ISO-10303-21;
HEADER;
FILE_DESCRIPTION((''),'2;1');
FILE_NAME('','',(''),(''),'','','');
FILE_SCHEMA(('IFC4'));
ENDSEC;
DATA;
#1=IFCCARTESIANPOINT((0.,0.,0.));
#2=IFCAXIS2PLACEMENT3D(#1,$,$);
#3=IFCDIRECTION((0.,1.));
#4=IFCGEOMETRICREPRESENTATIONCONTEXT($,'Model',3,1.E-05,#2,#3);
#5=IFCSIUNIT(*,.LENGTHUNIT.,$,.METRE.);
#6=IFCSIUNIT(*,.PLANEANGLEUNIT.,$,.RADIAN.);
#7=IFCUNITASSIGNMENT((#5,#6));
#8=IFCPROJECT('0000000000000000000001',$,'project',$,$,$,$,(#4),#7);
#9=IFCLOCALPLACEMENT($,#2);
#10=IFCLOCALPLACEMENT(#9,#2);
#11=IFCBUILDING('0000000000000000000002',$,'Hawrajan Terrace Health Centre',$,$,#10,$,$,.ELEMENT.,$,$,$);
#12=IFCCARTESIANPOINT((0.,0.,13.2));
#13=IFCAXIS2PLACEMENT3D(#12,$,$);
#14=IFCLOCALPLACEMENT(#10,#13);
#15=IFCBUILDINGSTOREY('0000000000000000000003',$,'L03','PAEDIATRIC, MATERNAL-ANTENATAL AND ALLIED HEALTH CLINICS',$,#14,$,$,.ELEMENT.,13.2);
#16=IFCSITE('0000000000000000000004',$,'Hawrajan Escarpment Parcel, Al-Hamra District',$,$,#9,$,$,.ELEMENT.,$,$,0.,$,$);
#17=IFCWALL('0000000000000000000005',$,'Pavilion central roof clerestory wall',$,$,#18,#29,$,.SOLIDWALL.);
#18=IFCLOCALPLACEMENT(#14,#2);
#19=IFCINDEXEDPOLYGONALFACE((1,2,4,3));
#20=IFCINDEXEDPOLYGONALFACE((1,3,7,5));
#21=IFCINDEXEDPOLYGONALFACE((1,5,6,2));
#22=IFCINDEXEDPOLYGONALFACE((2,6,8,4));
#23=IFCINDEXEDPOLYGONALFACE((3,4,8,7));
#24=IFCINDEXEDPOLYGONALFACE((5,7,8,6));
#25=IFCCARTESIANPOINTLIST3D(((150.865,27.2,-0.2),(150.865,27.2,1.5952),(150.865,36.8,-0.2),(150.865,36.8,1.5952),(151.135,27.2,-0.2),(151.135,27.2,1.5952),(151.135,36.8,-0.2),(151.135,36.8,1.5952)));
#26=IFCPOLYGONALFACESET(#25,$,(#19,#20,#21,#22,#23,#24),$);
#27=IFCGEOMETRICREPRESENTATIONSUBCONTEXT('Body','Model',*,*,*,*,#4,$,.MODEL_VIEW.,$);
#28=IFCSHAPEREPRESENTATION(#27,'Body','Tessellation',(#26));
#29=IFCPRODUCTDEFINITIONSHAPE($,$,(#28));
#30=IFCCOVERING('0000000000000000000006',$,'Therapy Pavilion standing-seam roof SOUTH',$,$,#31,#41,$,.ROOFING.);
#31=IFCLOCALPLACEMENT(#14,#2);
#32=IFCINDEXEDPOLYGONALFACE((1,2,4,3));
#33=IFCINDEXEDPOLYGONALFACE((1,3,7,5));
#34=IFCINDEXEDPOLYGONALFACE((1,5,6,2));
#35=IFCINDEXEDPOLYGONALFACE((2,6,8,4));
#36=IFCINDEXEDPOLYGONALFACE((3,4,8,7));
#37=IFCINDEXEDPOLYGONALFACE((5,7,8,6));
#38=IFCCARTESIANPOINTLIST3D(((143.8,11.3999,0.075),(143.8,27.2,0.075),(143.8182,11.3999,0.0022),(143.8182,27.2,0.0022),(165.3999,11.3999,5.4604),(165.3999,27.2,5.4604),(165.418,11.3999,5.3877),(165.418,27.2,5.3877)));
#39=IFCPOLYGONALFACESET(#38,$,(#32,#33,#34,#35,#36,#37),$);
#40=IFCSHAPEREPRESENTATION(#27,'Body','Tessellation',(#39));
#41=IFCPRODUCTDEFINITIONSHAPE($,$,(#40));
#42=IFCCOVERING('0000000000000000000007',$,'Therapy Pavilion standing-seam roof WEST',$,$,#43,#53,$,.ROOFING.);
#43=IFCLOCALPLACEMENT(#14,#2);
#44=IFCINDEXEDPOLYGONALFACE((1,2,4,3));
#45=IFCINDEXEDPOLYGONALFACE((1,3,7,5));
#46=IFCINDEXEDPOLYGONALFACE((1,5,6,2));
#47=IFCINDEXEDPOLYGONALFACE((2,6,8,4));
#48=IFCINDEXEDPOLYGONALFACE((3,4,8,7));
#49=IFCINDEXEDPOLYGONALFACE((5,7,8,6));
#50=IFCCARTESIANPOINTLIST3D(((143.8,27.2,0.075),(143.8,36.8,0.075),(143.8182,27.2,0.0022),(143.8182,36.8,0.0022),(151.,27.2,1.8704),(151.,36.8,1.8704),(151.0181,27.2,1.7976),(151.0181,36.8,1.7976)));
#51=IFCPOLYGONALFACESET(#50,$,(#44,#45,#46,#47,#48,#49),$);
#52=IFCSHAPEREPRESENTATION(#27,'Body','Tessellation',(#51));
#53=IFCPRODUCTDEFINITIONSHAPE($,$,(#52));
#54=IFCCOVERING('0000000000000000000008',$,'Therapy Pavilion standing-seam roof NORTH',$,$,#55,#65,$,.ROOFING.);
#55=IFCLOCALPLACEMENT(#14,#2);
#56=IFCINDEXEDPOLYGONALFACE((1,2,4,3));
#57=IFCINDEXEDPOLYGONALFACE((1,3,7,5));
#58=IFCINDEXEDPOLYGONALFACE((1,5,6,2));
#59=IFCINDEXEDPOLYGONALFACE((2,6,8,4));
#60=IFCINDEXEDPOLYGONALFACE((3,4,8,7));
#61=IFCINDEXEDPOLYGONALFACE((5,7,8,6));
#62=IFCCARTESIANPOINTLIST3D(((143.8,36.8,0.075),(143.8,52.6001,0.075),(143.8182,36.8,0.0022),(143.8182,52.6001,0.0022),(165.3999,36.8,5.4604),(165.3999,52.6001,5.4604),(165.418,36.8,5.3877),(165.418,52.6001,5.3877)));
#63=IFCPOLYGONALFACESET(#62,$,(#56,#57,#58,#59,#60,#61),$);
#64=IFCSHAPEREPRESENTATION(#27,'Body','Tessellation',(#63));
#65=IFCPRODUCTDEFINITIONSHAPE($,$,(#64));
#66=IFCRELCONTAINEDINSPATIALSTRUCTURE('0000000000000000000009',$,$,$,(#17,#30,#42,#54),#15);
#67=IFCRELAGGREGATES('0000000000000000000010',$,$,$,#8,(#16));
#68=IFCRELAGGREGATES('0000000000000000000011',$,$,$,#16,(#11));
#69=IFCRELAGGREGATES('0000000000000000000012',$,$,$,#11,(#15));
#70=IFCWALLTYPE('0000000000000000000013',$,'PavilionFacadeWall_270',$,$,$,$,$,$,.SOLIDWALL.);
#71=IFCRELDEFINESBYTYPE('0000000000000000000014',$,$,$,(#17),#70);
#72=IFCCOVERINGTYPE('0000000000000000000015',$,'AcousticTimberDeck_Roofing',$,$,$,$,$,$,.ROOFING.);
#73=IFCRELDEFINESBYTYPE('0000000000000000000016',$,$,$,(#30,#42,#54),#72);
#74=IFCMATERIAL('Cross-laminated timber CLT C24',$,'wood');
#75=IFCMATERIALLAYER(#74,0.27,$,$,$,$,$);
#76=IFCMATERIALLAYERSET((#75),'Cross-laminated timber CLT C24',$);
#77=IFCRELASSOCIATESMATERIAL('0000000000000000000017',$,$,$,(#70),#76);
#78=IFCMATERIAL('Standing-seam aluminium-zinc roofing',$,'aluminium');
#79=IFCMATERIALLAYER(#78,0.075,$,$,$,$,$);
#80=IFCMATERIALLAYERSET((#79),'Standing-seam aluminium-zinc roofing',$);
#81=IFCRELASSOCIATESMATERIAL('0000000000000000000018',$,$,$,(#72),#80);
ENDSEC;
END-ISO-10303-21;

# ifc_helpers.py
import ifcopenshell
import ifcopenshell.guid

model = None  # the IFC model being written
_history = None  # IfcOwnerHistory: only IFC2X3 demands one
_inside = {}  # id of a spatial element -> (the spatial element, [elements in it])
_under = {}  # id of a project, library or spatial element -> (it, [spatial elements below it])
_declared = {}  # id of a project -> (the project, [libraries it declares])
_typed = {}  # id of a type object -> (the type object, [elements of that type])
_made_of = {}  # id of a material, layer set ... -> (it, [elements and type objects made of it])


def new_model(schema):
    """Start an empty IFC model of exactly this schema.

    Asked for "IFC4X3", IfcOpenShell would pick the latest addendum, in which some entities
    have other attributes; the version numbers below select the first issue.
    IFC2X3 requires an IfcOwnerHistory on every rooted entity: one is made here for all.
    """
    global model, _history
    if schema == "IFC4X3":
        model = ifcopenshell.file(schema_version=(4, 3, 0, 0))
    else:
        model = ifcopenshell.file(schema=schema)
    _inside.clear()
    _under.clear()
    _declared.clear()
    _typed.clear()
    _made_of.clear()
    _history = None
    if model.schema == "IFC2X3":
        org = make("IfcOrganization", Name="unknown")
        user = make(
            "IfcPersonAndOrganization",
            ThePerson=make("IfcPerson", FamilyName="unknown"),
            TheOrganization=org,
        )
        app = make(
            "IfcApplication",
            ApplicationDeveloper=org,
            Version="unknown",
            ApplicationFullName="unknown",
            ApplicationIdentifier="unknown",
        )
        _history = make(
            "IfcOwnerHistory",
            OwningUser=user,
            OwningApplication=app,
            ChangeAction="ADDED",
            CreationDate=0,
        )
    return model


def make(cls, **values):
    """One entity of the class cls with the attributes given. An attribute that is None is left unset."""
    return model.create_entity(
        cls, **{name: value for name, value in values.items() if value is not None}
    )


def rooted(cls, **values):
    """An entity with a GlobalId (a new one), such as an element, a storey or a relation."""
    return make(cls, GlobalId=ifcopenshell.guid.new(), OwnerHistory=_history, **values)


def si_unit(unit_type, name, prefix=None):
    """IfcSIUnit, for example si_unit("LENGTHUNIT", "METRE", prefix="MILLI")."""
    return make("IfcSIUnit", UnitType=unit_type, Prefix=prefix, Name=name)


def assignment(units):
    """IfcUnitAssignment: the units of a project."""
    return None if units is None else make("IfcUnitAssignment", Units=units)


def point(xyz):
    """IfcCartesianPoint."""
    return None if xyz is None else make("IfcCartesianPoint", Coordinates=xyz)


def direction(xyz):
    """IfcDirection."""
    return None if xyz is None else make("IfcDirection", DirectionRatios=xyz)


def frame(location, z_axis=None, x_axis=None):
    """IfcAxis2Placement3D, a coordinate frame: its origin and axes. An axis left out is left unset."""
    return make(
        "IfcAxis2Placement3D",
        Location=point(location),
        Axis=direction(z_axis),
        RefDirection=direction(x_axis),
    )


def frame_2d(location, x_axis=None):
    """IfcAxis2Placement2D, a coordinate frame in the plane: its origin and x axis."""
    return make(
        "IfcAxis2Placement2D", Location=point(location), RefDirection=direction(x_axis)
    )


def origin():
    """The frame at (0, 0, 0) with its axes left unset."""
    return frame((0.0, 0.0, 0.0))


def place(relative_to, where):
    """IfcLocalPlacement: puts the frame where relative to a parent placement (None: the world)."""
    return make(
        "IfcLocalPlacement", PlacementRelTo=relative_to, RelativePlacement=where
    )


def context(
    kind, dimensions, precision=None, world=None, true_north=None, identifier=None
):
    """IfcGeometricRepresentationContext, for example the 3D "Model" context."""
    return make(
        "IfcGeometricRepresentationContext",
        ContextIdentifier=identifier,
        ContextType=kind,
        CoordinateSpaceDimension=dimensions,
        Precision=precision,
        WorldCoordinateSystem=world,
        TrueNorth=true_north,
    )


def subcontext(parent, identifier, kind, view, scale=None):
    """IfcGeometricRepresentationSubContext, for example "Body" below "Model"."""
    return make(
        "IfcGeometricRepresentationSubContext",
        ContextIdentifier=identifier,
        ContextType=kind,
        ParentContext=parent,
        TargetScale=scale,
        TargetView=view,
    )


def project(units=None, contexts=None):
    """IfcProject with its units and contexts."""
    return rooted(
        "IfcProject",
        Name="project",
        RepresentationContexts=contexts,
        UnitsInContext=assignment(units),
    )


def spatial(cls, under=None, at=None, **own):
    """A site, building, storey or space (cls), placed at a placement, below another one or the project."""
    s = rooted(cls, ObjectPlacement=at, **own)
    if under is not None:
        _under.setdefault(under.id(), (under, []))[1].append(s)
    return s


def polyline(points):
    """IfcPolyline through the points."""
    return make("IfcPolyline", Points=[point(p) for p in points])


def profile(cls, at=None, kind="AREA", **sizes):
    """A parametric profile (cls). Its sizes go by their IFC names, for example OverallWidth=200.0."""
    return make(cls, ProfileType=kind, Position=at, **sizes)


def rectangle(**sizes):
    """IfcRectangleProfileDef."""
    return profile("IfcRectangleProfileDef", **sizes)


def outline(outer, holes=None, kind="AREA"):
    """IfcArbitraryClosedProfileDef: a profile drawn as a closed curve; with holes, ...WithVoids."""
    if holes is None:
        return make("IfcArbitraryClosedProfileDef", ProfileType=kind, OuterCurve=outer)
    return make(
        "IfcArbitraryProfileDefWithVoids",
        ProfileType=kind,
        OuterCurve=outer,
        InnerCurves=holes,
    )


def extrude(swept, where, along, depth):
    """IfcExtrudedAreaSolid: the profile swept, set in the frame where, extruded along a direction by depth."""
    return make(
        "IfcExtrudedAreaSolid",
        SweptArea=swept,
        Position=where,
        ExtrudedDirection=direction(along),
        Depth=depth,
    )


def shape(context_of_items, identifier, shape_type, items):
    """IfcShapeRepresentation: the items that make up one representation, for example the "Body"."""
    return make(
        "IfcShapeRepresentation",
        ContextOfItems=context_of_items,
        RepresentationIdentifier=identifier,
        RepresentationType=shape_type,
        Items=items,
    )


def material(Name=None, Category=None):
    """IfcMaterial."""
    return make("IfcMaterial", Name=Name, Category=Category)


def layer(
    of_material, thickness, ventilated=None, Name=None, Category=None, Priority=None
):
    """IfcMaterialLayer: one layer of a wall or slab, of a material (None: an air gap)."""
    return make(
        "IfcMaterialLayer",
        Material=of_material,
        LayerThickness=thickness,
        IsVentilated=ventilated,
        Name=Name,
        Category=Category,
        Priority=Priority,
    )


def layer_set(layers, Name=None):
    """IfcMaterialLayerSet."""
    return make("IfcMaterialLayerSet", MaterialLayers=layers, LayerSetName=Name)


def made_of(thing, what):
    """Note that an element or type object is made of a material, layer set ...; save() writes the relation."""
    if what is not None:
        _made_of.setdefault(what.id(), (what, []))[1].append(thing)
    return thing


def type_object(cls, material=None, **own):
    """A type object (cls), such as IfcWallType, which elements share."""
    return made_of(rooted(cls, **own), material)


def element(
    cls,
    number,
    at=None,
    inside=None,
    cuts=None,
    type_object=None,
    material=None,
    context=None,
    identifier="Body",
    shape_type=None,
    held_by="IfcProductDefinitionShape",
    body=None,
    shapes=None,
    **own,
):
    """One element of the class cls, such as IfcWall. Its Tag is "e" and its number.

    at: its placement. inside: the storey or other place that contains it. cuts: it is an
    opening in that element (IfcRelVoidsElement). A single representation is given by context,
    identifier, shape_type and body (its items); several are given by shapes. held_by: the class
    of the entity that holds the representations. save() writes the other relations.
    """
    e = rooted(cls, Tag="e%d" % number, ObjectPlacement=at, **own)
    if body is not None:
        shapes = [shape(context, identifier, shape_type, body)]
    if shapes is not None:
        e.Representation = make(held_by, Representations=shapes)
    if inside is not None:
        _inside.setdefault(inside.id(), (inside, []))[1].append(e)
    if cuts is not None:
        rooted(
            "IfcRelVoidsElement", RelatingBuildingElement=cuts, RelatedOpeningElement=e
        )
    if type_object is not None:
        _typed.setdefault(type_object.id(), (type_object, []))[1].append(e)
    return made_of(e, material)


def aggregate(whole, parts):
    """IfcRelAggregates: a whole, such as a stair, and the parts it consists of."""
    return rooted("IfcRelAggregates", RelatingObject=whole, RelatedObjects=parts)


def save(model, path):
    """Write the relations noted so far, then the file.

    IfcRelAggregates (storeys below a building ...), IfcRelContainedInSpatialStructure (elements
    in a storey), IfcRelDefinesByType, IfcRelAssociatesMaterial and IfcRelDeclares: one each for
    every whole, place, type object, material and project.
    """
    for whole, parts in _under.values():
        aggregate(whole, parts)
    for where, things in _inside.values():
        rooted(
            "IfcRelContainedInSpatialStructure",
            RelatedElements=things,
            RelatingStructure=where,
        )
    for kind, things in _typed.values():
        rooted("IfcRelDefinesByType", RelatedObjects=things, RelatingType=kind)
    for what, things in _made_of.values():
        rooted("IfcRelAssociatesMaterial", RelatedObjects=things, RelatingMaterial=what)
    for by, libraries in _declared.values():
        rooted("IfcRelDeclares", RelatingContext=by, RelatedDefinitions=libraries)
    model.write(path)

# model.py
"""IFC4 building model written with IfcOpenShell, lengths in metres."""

from ifc_helpers import new_model, si_unit, direction, frame, frame_2d, origin, place, context, subcontext, project, spatial, polyline, rectangle, outline, extrude, material, layer, layer_set, type_object, element, save


model = new_model("IFC4")

# Units and contexts
model_context = context("Model", 3, precision=1e-05, world=origin(), true_north=direction((0.0, 1.0)))
body_context = subcontext(model_context, "Body", "Model", "MODEL_VIEW")
ifc_project = project(units=[si_unit("LENGTHUNIT", "METRE"), si_unit("PLANEANGLEUNIT", "RADIAN")], contexts=[model_context])

# Site, building, storey
site_placement = place(None, origin())
site = spatial("IfcSite", under=ifc_project, at=site_placement, Name="Hawrajan Escarpment Parcel, Al-Hamra District", CompositionType="ELEMENT", RefElevation=0.0)
building_placement = place(site_placement, origin())
building = spatial("IfcBuilding", under=site, at=building_placement, Name="Hawrajan Terrace Health Centre", CompositionType="ELEMENT")
storey_placement = place(building_placement, frame((0.0, 0.0, 13.2)))
storey = spatial("IfcBuildingStorey", under=building, at=storey_placement, Name="L03", Description="PAEDIATRIC, MATERNAL-ANTENATAL AND ALLIED HEALTH CLINICS", CompositionType="ELEMENT", Elevation=13.2)

# Shared definitions
ifc_material_1 = material(Name="Cross-laminated timber CLT C24", Category="wood")

# Wall
ifc_layer_1 = layer(ifc_material_1, 0.27)
ifc_layer_set_1 = layer_set([ifc_layer_1], Name="Cross-laminated timber CLT C24")
wall_type = type_object("IfcWallType", Name="PavilionFacadeWall_270", PredefinedType="SOLIDWALL", material=ifc_layer_set_1)
wall_1_placement = place(storey_placement, frame((151.0, 27.2, -0.2), z_axis=(0.0, 0.0, 1.0), x_axis=(0.0, 1.0, 0.0)))
element("IfcWall", 1, at=wall_1_placement, inside=storey, type_object=wall_type, Name="Pavilion central roof clerestory wall", PredefinedType="SOLIDWALL", context=body_context, shape_type="SweptSolid", body=[
    extrude(rectangle(XDim=9.6001, YDim=0.27, at=frame_2d((4.8, 0.0))), origin(), (0.0, 0.0, 1.0), 1.7952),
])

# Coverings
ifc_material_2 = material(Name="Standing-seam aluminium-zinc roofing", Category="aluminium")
ifc_layer_2 = layer(ifc_material_2, 0.075)
ifc_layer_set_2 = layer_set([ifc_layer_2], Name="Standing-seam aluminium-zinc roofing")
covering_type = type_object("IfcCoveringType", Name="AcousticTimberDeck_Roofing", PredefinedType="ROOFING", material=ifc_layer_set_2)
covering_1_placement = place(storey_placement, frame((143.8, 11.3999, 0.075), z_axis=(-0.241924, 0.0, 0.970295), x_axis=(0.970295, 0.0, 0.241924)))
element("IfcCovering", 2, at=covering_1_placement, inside=storey, type_object=covering_type, Name="Therapy Pavilion standing-seam roof SOUTH", PredefinedType="ROOFING", context=body_context, shape_type="SweptSolid", body=[
    extrude(outline(polyline([(0.0, 0.0), (22.2611, 0.0), (22.2611, 15.8), (0.0, 15.8), (0.0, 0.0)])), origin(), (0.0, 0.0, -1.0), 0.075),
])
covering_2_placement = place(storey_placement, frame((143.8, 27.2, 0.075), z_axis=(-0.241955, 0.0, 0.970287), x_axis=(0.970287, 0.0, 0.241955)))
element("IfcCovering", 3, at=covering_2_placement, inside=storey, type_object=covering_type, Name="Therapy Pavilion standing-seam roof WEST", PredefinedType="ROOFING", context=body_context, shape_type="SweptSolid", body=[
    extrude(outline(polyline([(0.0, 0.0), (7.4204, 0.0), (7.4204, 9.6001), (0.0, 9.6001), (0.0, 0.0)])), origin(), (0.0, 0.0, -1.0), 0.075),
])
covering_3_placement = place(storey_placement, frame((143.8, 36.8, 0.075), z_axis=(-0.241924, 0.0, 0.970295), x_axis=(0.970295, 0.0, 0.241924)))
element("IfcCovering", 4, at=covering_3_placement, inside=storey, type_object=covering_type, Name="Therapy Pavilion standing-seam roof NORTH", PredefinedType="ROOFING", context=body_context, shape_type="SweptSolid", body=[
    extrude(outline(polyline([(0.0, 0.0), (22.2611, 0.0), (22.2611, 15.8), (0.0, 15.8), (0.0, 0.0)])), origin(), (0.0, 0.0, -1.0), 0.075),
])

save(model, "model.ifc")
